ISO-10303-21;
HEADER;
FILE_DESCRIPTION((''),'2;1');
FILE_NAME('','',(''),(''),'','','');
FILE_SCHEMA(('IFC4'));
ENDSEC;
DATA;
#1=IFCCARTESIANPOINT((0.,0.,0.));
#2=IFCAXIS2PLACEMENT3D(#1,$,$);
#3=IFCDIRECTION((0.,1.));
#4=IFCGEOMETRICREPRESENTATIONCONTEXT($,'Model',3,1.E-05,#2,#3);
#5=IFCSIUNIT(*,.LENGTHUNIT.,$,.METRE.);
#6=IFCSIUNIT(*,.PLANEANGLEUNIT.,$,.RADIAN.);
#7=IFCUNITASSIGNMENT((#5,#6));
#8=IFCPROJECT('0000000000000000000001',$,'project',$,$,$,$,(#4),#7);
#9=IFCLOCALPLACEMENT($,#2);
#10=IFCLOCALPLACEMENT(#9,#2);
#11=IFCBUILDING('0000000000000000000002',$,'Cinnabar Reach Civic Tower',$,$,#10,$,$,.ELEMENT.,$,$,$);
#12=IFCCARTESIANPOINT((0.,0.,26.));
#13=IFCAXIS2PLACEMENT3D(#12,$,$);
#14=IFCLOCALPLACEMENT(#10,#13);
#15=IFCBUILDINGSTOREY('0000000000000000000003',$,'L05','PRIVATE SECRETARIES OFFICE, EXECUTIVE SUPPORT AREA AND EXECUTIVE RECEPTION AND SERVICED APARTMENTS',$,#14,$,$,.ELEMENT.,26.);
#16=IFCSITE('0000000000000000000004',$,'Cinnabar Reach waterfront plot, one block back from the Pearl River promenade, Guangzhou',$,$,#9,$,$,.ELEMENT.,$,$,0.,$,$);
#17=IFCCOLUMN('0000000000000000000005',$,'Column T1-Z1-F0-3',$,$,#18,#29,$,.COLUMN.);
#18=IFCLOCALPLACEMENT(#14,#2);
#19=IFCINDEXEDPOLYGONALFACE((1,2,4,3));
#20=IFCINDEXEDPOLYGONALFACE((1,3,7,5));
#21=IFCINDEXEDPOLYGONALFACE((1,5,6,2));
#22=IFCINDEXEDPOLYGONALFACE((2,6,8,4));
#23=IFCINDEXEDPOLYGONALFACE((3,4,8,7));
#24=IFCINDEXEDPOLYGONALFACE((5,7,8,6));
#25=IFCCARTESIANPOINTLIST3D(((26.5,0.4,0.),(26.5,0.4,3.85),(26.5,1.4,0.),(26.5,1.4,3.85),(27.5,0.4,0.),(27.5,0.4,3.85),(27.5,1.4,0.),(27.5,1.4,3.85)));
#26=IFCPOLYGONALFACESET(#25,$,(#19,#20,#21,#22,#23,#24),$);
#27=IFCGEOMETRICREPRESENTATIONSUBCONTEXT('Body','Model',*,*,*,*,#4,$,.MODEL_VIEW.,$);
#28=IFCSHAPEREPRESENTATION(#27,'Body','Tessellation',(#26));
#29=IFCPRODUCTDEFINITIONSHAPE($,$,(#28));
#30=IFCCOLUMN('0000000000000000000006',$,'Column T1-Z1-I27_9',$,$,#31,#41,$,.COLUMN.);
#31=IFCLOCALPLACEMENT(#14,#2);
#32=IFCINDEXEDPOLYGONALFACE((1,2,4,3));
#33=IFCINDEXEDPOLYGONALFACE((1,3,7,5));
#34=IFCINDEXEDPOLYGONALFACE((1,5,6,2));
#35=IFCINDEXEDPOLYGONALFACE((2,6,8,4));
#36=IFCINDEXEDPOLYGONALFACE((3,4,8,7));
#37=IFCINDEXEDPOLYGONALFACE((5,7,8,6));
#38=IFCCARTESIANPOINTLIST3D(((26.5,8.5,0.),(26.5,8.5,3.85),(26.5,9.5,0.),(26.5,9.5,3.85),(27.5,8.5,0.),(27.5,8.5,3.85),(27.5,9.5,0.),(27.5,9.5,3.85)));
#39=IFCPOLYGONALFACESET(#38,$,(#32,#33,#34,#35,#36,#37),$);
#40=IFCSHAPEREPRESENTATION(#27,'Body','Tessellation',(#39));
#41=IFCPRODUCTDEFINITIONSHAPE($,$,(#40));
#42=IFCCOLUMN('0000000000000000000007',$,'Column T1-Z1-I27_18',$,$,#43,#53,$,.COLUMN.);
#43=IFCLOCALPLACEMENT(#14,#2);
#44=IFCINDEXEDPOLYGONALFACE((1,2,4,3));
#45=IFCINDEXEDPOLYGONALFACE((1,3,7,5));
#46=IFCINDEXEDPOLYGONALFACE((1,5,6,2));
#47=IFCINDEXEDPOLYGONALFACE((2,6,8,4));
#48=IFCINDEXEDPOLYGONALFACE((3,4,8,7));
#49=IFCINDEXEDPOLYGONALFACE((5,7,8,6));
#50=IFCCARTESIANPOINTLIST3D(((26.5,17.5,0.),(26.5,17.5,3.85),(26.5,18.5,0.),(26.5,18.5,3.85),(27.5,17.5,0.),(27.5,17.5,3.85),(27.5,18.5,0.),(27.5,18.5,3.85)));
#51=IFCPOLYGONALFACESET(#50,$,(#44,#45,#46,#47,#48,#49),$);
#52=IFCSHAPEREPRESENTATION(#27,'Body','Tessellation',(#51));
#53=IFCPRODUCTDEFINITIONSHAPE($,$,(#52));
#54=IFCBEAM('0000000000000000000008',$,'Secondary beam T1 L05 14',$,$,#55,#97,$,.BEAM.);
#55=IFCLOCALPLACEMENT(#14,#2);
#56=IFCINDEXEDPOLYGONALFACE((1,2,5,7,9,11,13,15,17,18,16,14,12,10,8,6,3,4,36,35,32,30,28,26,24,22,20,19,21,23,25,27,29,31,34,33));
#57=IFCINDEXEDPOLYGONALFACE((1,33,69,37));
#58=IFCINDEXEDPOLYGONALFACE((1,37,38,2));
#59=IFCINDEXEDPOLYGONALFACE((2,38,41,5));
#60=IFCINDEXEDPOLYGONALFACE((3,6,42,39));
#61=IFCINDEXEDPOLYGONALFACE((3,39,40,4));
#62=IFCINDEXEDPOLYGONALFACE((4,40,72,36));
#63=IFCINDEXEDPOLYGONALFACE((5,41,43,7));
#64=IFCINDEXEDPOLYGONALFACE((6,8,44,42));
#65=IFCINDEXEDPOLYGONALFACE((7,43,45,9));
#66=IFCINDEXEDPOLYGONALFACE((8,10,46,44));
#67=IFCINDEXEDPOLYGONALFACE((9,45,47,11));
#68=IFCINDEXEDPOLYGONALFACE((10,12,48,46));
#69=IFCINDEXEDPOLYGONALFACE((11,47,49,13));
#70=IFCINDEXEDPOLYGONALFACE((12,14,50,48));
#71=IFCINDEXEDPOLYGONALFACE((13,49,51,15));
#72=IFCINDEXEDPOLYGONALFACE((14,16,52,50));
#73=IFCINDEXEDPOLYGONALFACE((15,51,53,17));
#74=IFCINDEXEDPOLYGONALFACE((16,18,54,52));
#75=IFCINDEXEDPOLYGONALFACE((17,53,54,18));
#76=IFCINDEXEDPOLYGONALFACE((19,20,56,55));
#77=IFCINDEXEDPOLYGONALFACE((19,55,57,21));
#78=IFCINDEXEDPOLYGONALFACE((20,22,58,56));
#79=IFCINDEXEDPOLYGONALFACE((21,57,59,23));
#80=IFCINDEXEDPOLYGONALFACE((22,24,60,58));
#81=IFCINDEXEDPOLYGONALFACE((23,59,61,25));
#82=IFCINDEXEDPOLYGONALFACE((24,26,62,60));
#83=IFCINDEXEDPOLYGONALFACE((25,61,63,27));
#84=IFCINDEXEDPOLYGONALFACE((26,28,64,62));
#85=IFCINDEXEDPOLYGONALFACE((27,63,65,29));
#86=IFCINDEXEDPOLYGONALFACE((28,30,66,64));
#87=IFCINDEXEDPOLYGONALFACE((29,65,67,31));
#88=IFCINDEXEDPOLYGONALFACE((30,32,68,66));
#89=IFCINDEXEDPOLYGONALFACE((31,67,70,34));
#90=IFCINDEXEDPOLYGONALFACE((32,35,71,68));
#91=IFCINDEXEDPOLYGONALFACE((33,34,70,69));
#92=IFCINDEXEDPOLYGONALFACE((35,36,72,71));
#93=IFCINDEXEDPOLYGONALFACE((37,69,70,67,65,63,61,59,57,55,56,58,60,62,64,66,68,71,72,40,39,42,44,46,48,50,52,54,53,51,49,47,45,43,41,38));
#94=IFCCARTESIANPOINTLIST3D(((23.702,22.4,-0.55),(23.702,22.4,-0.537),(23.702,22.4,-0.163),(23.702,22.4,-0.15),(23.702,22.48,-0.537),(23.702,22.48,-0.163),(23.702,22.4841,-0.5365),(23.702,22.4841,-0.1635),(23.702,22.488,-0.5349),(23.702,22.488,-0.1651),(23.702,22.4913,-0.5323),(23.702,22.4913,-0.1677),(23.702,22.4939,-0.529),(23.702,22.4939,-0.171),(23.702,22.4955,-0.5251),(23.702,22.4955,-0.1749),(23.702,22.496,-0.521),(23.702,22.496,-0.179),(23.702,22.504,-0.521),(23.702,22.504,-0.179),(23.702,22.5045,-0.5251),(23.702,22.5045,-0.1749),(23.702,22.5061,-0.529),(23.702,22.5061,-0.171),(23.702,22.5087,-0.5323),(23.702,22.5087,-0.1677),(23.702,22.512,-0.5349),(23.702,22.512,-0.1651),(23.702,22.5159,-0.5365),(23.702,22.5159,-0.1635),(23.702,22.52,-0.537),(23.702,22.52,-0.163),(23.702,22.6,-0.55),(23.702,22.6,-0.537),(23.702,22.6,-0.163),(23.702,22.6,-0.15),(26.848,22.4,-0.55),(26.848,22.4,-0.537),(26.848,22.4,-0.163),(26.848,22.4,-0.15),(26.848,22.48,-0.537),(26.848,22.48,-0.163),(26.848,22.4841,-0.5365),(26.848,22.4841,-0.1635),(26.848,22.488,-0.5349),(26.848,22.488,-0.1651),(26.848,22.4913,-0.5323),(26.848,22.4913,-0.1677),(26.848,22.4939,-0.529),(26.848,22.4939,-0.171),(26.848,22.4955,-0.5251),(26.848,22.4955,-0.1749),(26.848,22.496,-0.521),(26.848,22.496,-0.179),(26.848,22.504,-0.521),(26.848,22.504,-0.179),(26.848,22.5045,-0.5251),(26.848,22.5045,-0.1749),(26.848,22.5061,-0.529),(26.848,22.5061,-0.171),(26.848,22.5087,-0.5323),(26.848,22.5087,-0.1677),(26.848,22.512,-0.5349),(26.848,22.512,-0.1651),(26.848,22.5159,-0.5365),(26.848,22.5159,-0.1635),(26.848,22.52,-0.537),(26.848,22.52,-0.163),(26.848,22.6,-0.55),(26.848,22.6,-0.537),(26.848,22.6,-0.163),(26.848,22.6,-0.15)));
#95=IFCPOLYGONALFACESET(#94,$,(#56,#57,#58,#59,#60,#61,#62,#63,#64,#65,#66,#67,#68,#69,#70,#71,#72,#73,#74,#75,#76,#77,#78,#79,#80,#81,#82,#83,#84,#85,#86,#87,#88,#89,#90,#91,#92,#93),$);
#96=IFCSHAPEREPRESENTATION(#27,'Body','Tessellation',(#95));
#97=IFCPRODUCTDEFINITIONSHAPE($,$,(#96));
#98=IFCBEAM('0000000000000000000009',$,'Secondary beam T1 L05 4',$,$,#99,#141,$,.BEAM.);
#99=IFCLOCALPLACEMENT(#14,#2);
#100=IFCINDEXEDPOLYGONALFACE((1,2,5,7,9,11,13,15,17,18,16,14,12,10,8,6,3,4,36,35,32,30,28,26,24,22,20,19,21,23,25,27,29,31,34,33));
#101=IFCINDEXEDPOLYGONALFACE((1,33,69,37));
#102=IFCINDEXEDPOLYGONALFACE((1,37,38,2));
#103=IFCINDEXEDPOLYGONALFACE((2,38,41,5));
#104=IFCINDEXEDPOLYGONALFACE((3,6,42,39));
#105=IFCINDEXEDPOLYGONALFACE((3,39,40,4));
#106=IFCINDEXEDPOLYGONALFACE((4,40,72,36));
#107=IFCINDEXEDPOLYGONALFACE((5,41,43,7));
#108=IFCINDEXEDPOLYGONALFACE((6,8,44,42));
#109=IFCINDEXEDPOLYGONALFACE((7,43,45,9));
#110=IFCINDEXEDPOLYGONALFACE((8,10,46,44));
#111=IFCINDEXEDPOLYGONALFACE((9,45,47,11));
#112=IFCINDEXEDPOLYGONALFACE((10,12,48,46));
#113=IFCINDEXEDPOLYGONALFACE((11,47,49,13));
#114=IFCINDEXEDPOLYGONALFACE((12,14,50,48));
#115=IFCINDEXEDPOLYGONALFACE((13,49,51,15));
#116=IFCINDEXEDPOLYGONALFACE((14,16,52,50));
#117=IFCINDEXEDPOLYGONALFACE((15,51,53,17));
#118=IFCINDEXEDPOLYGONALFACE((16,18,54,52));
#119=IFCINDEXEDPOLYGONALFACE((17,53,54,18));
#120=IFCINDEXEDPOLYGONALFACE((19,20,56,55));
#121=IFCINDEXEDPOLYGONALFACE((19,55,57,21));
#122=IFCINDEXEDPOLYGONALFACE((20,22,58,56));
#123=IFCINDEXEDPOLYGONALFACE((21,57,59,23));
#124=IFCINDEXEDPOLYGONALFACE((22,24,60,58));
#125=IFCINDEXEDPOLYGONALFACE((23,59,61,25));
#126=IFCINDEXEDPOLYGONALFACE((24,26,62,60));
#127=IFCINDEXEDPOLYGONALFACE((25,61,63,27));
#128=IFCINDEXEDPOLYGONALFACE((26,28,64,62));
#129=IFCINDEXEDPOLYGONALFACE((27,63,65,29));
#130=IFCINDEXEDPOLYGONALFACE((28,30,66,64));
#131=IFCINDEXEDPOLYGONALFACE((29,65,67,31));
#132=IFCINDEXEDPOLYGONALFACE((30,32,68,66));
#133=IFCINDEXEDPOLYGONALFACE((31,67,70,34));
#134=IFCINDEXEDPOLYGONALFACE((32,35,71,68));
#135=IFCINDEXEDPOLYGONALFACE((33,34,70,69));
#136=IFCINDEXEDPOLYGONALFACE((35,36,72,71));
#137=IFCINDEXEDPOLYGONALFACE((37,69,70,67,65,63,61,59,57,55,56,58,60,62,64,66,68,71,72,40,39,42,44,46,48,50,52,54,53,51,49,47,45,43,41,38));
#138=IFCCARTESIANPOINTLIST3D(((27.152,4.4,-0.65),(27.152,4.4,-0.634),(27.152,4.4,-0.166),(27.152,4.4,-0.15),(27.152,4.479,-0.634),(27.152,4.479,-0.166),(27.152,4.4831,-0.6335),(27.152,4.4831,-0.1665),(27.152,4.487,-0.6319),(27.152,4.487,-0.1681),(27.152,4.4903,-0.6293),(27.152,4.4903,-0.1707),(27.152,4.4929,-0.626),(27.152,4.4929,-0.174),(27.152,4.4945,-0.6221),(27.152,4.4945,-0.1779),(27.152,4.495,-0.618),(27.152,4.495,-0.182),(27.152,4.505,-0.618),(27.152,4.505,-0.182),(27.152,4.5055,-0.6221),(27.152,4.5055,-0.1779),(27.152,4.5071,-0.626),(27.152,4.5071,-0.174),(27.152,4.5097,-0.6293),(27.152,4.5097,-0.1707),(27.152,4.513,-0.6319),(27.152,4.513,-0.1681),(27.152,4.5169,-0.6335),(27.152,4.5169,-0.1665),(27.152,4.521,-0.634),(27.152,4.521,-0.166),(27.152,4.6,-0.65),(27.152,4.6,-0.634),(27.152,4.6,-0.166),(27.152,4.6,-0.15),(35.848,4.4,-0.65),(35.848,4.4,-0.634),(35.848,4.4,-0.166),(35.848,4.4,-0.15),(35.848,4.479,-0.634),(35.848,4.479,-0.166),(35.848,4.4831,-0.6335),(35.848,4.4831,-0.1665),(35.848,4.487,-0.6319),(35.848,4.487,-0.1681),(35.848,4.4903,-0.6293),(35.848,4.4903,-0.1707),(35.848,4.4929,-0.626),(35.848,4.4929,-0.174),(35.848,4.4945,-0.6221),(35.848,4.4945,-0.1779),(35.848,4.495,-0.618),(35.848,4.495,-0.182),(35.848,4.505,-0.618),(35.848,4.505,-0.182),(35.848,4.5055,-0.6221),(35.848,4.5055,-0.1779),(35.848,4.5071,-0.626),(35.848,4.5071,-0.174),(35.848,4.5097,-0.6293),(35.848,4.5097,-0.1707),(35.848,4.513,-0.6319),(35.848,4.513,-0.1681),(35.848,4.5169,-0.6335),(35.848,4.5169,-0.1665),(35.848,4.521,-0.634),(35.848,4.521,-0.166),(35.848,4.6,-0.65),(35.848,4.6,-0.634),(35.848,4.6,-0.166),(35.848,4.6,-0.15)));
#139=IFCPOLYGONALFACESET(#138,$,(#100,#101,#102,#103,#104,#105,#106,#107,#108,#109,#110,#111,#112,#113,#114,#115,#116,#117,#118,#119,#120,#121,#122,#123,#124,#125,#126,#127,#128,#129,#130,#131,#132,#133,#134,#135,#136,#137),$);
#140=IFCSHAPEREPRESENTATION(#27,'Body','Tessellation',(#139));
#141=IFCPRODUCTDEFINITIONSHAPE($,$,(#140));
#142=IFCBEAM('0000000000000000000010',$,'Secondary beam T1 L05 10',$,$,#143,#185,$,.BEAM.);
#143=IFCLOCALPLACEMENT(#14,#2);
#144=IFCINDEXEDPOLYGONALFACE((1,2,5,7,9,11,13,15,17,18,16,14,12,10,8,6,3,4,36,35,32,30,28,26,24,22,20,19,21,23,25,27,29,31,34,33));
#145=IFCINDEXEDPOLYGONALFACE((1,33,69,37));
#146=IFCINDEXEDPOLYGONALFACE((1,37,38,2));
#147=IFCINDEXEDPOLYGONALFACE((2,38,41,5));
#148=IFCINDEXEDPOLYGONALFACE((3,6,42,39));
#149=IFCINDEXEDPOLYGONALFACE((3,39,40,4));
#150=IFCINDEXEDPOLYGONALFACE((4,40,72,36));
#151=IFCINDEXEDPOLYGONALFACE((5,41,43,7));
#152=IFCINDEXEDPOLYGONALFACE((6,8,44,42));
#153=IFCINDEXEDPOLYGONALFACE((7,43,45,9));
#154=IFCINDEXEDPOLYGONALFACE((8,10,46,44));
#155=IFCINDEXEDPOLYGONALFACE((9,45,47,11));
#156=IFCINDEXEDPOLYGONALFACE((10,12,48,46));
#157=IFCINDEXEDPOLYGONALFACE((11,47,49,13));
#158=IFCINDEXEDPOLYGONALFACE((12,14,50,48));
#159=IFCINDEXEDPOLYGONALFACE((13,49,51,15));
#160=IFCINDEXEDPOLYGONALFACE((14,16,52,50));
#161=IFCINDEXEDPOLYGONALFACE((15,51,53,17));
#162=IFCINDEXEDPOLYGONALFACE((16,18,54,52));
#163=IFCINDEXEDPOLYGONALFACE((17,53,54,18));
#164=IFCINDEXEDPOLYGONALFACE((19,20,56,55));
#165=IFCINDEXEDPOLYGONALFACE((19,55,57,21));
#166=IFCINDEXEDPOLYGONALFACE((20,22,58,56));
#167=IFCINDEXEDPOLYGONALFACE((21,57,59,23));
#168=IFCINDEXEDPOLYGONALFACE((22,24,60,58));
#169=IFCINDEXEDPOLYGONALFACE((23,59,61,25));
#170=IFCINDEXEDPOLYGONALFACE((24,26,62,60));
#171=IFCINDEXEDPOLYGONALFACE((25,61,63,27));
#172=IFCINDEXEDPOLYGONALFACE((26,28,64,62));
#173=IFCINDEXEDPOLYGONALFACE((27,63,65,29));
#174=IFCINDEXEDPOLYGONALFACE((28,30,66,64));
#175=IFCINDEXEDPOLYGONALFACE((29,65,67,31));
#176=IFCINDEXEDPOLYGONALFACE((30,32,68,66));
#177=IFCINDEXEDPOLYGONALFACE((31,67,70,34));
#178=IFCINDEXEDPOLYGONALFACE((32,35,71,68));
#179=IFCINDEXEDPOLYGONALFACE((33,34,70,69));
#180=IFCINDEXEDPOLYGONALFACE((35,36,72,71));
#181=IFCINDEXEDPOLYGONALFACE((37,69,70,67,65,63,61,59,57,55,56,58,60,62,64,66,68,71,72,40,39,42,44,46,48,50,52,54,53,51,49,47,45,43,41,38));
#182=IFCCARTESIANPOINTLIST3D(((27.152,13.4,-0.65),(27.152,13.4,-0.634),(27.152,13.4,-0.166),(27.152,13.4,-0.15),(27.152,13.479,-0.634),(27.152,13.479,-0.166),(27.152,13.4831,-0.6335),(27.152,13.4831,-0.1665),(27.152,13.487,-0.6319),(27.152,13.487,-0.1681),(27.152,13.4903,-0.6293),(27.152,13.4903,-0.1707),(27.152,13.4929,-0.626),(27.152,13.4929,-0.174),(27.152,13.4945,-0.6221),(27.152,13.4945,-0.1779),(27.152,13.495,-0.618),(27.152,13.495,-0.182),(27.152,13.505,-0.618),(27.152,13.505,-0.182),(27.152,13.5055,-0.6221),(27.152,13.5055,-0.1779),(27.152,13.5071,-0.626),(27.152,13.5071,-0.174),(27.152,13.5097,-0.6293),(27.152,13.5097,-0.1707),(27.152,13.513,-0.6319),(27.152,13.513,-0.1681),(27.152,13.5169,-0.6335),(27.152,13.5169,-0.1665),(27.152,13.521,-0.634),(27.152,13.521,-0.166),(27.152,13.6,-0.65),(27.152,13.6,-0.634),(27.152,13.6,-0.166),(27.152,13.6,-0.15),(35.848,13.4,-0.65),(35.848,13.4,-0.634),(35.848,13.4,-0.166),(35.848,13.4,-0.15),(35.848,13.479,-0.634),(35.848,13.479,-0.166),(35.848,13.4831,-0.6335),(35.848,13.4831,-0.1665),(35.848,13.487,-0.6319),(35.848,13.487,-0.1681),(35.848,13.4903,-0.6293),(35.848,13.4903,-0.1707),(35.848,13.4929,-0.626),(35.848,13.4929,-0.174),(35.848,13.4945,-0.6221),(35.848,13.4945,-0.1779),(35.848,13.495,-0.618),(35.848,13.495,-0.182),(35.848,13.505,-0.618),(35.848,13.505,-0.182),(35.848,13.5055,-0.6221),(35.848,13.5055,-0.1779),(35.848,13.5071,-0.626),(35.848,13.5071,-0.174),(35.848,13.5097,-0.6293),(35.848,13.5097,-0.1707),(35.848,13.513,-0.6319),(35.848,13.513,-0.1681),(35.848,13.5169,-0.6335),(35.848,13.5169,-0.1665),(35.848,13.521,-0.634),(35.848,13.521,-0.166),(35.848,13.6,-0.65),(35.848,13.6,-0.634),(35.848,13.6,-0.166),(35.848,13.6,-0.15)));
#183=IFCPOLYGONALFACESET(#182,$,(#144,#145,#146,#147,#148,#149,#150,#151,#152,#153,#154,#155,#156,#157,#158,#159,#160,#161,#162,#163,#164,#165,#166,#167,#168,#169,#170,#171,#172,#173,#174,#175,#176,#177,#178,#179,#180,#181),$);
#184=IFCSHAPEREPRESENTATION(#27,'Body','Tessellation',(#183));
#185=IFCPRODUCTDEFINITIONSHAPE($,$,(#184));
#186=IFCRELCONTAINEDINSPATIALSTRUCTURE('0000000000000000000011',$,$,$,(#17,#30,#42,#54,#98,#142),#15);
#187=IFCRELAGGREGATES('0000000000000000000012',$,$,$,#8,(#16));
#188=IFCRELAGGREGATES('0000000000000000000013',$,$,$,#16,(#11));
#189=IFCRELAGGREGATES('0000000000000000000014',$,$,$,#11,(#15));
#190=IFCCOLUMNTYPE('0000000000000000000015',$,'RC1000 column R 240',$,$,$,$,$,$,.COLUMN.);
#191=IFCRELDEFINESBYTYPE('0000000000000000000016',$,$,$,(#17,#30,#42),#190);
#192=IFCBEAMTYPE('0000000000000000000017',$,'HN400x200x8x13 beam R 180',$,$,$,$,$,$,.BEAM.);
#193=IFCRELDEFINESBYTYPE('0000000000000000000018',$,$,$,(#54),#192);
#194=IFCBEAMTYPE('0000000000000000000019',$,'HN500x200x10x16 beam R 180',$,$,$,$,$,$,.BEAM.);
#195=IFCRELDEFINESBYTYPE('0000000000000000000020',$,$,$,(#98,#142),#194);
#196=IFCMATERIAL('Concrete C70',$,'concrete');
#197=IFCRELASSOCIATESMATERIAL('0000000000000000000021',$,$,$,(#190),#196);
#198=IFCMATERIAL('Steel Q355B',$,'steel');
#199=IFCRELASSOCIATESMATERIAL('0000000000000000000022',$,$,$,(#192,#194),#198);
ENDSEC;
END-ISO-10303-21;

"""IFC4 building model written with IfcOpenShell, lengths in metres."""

from ifc_helpers import new_model, si_unit, direction, frame, origin, origin_2d, place, context, subcontext, project, spatial, rectangle, i_section, extrude, material, material_profile, profile_set, type_object, element, save


model = new_model("IFC4")

# Units and contexts
model_context = context("Model", 3, precision=1e-05, world=origin(), true_north=direction((0.0, 1.0)))
body_context = subcontext(model_context, "Body", "Model", "MODEL_VIEW")
ifc_project = project(units=[si_unit("LENGTHUNIT", "METRE"), si_unit("PLANEANGLEUNIT", "RADIAN")], contexts=[model_context])

# Site, building, storey
site_placement = place(None, origin())
site = spatial("IfcSite", under=ifc_project, at=site_placement, Name="Cinnabar Reach waterfront plot, one block back from the Pearl River promenade, Guangzhou", CompositionType="ELEMENT", RefElevation=0.0)
building_placement = place(site_placement, origin())
building = spatial("IfcBuilding", under=site, at=building_placement, Name="Cinnabar Reach Civic Tower", CompositionType="ELEMENT")
storey_placement = place(building_placement, frame((0.0, 0.0, 26.0)))
storey = spatial("IfcBuildingStorey", under=building, at=storey_placement, Name="L05", Description="PRIVATE SECRETARIES OFFICE, EXECUTIVE SUPPORT AREA AND EXECUTIVE RECEPTION AND SERVICED APARTMENTS", CompositionType="ELEMENT", Elevation=26.0)

# Columns
ifc_material_1 = material(Name="Concrete C70", Category="concrete")
ifc_material_profile_1 = material_profile(ifc_material_1, rectangle(XDim=1.0, YDim=1.0, at=origin_2d()), Name="RC1000")
ifc_profile_set_1 = profile_set([ifc_material_profile_1], Name="Concrete C70")
column_type = type_object("IfcColumnType", Name="RC1000 column R 240", PredefinedType="COLUMN", material=ifc_profile_set_1)
for number, where, z_axis, x_axis, name in (
    (1, (27.0, 0.9, 0.0), (0.0, 0.0, 1.0), (1.0, 0.0, 0.0), "Column T1-Z1-F0-3"),
    (2, (27.0, 9.0, 0.0), (0.0, 0.0, 1.0), (1.0, 0.0, 0.0), "Column T1-Z1-I27_9"),
    (3, (27.0, 18.0, 0.0), (0.0, 0.0, 1.0), (1.0, 0.0, 0.0), "Column T1-Z1-I27_18"),
):
    element("IfcColumn", number, at=place(storey_placement, frame(where, z_axis=z_axis, x_axis=x_axis)), inside=storey, type_object=column_type, Name=name, PredefinedType="COLUMN", context=body_context, shape_type="SweptSolid", body=[
        extrude(rectangle(XDim=1.0, YDim=1.0, at=origin_2d()), origin(), (0.0, 0.0, 1.0), 3.85),
    ])

# Beams
ifc_material_2 = material(Name="Steel Q355B", Category="steel")
ifc_material_profile_2 = material_profile(ifc_material_2, i_section(OverallWidth=0.2, OverallDepth=0.4, WebThickness=0.008, FlangeThickness=0.013, FilletRadius=0.016, at=origin_2d()), Name="HN400x200x8x13")
ifc_profile_set_2 = profile_set([ifc_material_profile_2], Name="Steel Q355B")
beam_type_1 = type_object("IfcBeamType", Name="HN400x200x8x13 beam R 180", PredefinedType="BEAM", material=ifc_profile_set_2)
beam_1_placement = place(storey_placement, frame((23.702, 22.5, -0.35), z_axis=(1.0, 0.0, 0.0), x_axis=(0.0, 1.0, 0.0)))
element("IfcBeam", 4, at=beam_1_placement, inside=storey, type_object=beam_type_1, Name="Secondary beam T1 L05 14", PredefinedType="BEAM", context=body_context, shape_type="SweptSolid", body=[
    extrude(i_section(OverallWidth=0.2, OverallDepth=0.4, WebThickness=0.008, FlangeThickness=0.013, FilletRadius=0.016, at=origin_2d()), origin(), (0.0, 0.0, 1.0), 3.146),
])
ifc_material_profile_3 = material_profile(ifc_material_2, i_section(OverallWidth=0.2, OverallDepth=0.5, WebThickness=0.01, FlangeThickness=0.016, FilletRadius=0.016, at=origin_2d()), Name="HN500x200x10x16")
ifc_profile_set_3 = profile_set([ifc_material_profile_3], Name="Steel Q355B")
beam_type_2 = type_object("IfcBeamType", Name="HN500x200x10x16 beam R 180", PredefinedType="BEAM", material=ifc_profile_set_3)
for number, where, z_axis, x_axis, name in (
    (5, (27.152, 4.5, -0.4), (1.0, 0.0, 0.0), (0.0, 1.0, 0.0), "Secondary beam T1 L05 4"),
    (6, (27.152, 13.5, -0.4), (1.0, 0.0, 0.0), (0.0, 1.0, 0.0), "Secondary beam T1 L05 10"),
):
    element("IfcBeam", number, at=place(storey_placement, frame(where, z_axis=z_axis, x_axis=x_axis)), inside=storey, type_object=beam_type_2, Name=name, PredefinedType="BEAM", context=body_context, shape_type="SweptSolid", body=[
        extrude(i_section(OverallWidth=0.2, OverallDepth=0.5, WebThickness=0.01, FlangeThickness=0.016, FilletRadius=0.016, at=origin_2d()), origin(), (0.0, 0.0, 1.0), 8.696),
    ])

save(model, "model.ifc")
